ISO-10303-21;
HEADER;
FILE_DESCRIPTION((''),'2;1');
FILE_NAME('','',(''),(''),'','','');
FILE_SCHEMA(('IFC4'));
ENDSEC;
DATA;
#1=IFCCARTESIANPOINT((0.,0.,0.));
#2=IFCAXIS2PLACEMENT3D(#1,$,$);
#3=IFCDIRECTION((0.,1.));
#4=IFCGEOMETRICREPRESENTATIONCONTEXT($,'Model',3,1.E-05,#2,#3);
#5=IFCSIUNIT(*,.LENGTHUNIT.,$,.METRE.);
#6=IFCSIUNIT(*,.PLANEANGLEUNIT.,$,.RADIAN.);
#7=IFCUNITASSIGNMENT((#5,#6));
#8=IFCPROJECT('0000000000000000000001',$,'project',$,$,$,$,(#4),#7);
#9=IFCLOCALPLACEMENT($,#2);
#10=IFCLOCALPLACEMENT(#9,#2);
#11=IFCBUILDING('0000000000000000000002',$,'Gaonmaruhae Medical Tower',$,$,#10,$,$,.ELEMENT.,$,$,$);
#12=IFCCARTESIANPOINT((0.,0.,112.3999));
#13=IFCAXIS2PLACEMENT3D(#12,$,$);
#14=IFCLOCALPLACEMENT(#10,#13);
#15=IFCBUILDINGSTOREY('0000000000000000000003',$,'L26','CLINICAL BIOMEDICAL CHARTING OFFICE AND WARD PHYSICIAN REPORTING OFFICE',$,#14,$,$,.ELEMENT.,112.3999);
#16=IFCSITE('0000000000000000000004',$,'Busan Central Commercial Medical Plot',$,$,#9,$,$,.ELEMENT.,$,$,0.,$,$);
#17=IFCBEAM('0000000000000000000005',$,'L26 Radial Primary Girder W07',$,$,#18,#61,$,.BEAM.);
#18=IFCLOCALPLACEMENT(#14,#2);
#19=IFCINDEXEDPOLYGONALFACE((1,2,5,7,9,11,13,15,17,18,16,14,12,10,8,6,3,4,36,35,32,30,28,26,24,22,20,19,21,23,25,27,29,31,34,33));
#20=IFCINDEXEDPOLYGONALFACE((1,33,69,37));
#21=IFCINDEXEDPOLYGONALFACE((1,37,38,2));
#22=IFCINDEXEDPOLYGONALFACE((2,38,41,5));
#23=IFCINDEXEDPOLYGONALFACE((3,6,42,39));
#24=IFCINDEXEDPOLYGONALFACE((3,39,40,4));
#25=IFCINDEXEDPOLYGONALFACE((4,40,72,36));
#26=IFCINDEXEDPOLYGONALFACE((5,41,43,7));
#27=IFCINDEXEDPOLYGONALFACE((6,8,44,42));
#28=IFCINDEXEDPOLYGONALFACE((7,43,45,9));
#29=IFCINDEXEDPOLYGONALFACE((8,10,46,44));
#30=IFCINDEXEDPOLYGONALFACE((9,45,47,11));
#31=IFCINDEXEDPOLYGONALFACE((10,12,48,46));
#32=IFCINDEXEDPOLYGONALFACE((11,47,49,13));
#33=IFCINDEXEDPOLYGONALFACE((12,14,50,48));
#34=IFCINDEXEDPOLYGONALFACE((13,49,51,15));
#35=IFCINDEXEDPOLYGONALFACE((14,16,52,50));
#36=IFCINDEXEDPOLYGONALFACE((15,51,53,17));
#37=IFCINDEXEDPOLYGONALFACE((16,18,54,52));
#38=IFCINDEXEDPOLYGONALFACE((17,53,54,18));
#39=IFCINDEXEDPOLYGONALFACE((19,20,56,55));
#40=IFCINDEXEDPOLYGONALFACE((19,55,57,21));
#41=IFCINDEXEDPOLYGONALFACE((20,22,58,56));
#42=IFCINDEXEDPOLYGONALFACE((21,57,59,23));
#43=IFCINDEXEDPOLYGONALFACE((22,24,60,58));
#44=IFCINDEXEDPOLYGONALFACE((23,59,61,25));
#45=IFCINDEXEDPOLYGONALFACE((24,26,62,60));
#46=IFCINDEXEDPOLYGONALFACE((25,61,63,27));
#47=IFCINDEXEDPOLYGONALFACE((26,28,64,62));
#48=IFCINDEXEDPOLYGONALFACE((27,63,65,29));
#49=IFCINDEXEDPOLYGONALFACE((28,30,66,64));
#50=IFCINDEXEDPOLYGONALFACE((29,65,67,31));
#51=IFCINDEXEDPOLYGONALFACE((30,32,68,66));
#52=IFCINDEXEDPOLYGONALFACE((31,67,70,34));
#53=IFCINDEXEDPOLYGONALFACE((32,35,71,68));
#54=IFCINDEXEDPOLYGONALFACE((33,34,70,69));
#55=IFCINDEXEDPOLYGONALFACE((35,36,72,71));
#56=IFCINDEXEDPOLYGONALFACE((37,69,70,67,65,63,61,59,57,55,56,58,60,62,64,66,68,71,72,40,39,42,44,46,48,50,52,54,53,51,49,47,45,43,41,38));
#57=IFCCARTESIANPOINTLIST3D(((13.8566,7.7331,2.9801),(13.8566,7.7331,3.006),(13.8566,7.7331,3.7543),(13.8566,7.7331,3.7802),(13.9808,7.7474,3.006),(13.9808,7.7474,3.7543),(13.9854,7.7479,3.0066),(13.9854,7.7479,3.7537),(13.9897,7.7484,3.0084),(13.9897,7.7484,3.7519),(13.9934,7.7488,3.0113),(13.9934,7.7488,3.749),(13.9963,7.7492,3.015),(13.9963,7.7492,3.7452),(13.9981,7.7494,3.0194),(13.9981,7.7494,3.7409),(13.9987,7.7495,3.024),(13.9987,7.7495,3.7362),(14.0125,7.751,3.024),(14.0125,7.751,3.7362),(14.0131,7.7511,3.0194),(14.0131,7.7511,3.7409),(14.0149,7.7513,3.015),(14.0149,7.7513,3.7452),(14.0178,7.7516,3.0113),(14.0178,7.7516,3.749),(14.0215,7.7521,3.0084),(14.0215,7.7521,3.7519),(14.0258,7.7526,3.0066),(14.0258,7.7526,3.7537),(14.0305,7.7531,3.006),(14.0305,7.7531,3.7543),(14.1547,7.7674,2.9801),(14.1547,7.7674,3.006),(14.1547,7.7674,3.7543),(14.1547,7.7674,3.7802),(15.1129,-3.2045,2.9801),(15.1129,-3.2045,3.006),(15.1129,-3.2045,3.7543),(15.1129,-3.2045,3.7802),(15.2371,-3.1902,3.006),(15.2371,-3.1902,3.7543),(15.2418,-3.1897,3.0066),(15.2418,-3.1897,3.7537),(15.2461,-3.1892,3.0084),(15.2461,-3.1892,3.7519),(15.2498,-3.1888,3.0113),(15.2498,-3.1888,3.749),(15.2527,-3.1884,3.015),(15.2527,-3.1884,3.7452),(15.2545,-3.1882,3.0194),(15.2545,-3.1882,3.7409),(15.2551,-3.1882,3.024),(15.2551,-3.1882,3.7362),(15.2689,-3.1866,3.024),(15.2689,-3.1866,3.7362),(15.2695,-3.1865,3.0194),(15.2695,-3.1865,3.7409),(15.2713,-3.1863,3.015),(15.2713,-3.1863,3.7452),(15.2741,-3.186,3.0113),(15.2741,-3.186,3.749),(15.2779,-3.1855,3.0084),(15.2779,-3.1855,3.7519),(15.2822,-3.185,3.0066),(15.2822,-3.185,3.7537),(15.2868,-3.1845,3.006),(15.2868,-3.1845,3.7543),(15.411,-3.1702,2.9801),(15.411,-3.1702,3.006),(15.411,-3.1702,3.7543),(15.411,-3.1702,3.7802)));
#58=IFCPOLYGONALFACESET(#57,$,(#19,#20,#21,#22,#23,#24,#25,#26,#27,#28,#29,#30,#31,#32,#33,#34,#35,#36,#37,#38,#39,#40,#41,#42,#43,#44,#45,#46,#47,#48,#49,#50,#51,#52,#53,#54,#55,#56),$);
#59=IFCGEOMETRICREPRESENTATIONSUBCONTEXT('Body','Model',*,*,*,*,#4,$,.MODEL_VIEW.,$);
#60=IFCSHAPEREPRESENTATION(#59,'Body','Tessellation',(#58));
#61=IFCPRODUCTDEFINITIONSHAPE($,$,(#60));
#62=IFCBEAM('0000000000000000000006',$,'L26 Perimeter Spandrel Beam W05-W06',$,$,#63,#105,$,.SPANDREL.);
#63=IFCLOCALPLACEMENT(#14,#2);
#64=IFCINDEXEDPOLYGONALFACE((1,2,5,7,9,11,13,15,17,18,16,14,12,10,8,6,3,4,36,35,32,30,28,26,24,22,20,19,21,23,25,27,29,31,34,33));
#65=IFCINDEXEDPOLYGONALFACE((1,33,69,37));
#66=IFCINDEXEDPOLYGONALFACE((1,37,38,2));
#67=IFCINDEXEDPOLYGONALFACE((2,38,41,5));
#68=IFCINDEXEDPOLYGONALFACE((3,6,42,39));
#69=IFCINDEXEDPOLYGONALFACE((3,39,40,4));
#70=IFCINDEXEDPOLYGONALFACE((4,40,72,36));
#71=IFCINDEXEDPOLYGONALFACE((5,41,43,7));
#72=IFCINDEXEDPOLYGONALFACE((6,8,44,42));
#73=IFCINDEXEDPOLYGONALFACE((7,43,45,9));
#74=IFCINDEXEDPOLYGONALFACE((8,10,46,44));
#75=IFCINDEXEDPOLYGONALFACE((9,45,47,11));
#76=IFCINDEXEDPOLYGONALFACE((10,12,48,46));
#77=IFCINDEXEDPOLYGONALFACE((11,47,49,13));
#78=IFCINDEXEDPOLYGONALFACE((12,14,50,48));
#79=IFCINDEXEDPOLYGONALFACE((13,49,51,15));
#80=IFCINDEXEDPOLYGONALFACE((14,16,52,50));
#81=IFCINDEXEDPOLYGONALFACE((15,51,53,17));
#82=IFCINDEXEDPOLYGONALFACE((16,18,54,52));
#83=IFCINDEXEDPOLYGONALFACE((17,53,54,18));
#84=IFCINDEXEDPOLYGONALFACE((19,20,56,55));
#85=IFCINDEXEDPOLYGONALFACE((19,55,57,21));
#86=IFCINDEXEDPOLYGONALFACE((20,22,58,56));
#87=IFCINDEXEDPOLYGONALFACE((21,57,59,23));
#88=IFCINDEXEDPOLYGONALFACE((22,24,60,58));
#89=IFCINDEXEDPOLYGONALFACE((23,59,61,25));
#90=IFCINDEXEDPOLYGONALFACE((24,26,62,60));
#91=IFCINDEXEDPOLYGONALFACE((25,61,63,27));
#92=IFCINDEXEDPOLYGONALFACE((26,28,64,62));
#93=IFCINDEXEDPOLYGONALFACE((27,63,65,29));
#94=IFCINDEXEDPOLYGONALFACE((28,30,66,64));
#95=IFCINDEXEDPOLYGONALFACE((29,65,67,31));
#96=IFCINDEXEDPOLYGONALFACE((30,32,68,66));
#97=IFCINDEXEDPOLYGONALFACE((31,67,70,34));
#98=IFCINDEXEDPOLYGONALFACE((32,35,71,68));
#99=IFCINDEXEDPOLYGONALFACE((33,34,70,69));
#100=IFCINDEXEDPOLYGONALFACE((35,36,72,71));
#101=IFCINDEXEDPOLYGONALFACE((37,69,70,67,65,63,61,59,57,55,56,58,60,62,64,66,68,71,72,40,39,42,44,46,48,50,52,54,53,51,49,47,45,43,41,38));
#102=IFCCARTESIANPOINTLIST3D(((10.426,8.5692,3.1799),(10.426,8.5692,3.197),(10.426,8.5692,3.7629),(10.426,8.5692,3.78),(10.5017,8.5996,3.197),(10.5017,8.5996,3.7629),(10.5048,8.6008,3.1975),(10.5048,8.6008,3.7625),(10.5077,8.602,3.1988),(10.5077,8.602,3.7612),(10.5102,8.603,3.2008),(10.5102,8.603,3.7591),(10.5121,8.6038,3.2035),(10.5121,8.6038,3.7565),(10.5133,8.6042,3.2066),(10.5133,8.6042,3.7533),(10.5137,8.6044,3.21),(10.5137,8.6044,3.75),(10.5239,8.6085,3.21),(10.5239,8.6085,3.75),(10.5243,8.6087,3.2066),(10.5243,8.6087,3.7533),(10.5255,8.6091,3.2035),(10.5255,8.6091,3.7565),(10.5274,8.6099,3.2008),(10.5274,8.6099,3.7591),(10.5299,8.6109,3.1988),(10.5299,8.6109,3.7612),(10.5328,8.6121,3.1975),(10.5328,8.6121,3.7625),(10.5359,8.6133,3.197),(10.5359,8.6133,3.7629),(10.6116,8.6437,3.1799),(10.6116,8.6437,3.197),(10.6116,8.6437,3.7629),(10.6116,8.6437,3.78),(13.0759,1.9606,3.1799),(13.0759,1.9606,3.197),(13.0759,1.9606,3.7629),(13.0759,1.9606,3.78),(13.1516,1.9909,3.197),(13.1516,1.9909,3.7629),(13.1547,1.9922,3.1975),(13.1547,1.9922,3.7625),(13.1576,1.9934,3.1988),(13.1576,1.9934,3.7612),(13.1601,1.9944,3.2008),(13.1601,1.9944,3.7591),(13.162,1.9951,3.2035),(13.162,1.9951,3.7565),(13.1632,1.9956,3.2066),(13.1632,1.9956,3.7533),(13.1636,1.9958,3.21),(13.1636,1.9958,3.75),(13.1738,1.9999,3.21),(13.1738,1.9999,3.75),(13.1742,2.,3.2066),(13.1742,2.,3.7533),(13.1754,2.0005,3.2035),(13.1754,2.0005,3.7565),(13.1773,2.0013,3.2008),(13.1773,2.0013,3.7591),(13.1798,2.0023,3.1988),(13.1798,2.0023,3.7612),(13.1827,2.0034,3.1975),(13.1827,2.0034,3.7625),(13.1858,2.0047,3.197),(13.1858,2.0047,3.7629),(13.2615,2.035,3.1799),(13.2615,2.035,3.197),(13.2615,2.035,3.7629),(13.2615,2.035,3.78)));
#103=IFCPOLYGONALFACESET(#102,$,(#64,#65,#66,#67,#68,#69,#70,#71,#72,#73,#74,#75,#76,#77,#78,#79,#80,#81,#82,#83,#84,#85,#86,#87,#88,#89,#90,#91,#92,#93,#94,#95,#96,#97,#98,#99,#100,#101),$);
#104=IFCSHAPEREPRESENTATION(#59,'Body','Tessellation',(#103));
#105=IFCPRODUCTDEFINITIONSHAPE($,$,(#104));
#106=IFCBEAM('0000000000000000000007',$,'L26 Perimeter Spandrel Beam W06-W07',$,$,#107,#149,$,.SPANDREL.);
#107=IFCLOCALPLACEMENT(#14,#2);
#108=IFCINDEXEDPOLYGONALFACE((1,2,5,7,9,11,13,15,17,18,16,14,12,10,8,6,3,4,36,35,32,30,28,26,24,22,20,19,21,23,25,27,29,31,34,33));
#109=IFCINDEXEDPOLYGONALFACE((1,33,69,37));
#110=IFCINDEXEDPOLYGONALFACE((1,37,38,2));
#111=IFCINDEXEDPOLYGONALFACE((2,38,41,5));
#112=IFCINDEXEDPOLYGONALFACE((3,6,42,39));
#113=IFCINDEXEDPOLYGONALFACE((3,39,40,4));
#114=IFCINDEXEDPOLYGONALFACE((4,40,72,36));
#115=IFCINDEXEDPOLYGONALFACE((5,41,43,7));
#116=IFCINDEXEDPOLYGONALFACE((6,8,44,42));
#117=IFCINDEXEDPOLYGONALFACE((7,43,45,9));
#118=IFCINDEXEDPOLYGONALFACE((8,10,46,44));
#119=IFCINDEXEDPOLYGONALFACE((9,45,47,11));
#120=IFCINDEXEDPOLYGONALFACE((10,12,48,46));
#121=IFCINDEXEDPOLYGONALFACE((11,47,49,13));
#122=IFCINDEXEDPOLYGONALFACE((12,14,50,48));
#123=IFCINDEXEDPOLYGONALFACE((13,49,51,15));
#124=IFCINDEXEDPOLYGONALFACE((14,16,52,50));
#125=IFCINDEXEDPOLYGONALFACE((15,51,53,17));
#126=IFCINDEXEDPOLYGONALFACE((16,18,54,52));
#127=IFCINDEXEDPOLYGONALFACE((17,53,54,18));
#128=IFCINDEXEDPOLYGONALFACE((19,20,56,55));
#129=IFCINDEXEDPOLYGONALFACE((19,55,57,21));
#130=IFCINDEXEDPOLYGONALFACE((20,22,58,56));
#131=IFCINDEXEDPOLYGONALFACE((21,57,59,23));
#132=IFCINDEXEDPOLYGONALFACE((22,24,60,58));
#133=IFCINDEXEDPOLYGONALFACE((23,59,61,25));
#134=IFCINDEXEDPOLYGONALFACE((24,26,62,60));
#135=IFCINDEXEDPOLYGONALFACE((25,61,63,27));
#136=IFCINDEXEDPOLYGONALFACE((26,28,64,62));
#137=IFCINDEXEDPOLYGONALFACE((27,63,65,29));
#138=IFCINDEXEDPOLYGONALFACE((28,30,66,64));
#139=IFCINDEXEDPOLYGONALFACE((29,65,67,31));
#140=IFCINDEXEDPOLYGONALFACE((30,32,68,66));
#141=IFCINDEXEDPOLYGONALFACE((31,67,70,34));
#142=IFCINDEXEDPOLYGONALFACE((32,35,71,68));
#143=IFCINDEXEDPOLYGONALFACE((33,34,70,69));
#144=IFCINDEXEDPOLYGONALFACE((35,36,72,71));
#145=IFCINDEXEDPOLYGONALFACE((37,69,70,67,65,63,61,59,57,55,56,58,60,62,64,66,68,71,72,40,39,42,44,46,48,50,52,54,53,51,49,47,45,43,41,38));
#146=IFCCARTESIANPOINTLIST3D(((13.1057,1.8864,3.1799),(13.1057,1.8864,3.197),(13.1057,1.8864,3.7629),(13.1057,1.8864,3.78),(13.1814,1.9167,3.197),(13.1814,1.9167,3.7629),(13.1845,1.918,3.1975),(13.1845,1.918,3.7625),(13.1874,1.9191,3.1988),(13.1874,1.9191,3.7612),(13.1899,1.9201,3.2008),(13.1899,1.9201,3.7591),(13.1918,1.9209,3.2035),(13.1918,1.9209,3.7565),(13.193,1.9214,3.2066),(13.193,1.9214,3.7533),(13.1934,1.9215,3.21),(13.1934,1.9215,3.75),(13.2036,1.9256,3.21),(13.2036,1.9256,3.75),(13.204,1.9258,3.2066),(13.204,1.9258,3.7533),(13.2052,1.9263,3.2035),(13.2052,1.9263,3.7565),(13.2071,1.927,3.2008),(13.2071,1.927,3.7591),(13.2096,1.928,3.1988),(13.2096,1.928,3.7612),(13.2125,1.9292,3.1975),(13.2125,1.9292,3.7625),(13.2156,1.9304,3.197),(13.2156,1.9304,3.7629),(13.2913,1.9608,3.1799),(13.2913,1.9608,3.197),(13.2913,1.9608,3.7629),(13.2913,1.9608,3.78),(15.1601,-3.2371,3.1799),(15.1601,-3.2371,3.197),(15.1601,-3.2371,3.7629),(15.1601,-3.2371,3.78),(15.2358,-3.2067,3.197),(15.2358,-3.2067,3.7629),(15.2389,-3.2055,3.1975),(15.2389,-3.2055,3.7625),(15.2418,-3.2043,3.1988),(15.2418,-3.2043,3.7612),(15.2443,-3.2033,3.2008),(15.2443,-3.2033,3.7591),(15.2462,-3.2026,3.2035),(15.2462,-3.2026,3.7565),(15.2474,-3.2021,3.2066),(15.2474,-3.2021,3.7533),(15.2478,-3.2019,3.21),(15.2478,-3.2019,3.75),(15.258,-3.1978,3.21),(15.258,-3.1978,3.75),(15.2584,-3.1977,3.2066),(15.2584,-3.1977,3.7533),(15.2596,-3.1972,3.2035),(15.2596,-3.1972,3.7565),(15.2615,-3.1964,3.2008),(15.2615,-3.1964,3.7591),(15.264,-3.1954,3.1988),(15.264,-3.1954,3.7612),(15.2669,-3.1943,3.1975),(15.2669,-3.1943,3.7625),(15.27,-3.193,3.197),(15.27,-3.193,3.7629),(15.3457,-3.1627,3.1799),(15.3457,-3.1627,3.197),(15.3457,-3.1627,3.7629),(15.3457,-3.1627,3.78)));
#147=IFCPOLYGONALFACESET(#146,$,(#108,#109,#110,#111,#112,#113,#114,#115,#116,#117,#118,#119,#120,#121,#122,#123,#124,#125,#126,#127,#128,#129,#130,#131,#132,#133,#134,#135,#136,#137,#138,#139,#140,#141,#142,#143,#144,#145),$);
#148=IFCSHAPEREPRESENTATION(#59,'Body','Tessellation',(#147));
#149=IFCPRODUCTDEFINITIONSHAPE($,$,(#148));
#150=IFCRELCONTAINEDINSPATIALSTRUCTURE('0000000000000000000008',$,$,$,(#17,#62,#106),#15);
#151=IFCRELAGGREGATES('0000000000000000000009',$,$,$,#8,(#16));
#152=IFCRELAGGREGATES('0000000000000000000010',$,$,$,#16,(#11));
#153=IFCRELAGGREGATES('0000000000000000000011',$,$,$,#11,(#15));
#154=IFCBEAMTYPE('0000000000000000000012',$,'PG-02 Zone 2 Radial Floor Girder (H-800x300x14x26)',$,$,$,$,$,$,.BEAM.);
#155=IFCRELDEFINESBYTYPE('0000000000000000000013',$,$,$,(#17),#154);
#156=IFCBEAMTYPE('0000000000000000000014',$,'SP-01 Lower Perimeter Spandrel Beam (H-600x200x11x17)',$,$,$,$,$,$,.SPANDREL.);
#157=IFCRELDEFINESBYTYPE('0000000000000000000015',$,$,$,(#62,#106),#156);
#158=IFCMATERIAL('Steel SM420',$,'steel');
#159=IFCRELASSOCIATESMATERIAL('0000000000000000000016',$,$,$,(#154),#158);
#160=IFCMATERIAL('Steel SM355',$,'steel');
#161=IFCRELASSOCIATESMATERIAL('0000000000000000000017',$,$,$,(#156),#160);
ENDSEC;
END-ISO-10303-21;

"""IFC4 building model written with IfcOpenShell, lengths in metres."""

from ifc_helpers import new_model, si_unit, direction, frame, origin, origin_2d, place, context, subcontext, project, spatial, i_section, extrude, material, material_profile, profile_set, type_object, element, save


model = new_model("IFC4")

# Units and contexts
model_context = context("Model", 3, precision=1e-05, world=origin(), true_north=direction((0.0, 1.0)))
body_context = subcontext(model_context, "Body", "Model", "MODEL_VIEW")
ifc_project = project(units=[si_unit("LENGTHUNIT", "METRE"), si_unit("PLANEANGLEUNIT", "RADIAN")], contexts=[model_context])

# Site, building, storey
site_placement = place(None, origin())
site = spatial("IfcSite", under=ifc_project, at=site_placement, Name="Busan Central Commercial Medical Plot", CompositionType="ELEMENT", RefElevation=0.0)
building_placement = place(site_placement, origin())
building = spatial("IfcBuilding", under=site, at=building_placement, Name="Gaonmaruhae Medical Tower", CompositionType="ELEMENT")
storey_placement = place(building_placement, frame((0.0, 0.0, 112.3999)))
storey = spatial("IfcBuildingStorey", under=building, at=storey_placement, Name="L26", Description="CLINICAL BIOMEDICAL CHARTING OFFICE AND WARD PHYSICIAN REPORTING OFFICE", CompositionType="ELEMENT", Elevation=112.3999)

# Beams
ifc_material_1 = material(Name="Steel SM355", Category="steel")
ifc_material_2 = material(Name="Steel SM420", Category="steel")
ifc_material_profile_1 = material_profile(ifc_material_2, i_section(OverallWidth=0.3, OverallDepth=0.8, WebThickness=0.0139, FlangeThickness=0.0259, FilletRadius=0.0181, at=origin_2d()), Name="H-800x300x14x26")
ifc_profile_set_1 = profile_set([ifc_material_profile_1], Name="Steel SM420")
beam_type_1 = type_object("IfcBeamType", Name="PG-02 Zone 2 Radial Floor Girder (H-800x300x14x26)", PredefinedType="BEAM", material=ifc_profile_set_1)
beam_1_placement = place(storey_placement, frame((14.0056, 7.7502, 3.3801), z_axis=(0.114116, -0.993467, 0.0), x_axis=(0.993467, 0.114116, 0.0)))
element("IfcBeam", 1, at=beam_1_placement, inside=storey, type_object=beam_type_1, Name="L26 Radial Primary Girder W07", PredefinedType="BEAM", context=body_context, shape_type="SweptSolid", body=[
    extrude(i_section(OverallWidth=0.3, OverallDepth=0.8, WebThickness=0.0139, FlangeThickness=0.0259, FilletRadius=0.0181, at=origin_2d()), origin(), (0.0, 0.0, 1.0), 11.0095),
])
ifc_material_profile_2 = material_profile(ifc_material_1, i_section(OverallWidth=0.2, OverallDepth=0.6001, WebThickness=0.011, FlangeThickness=0.0171, FilletRadius=0.0129, at=origin_2d()), Name="H-600x200x11x17")
ifc_profile_set_2 = profile_set([ifc_material_profile_2], Name="Steel SM355")
beam_type_2 = type_object("IfcBeamType", Name="SP-01 Lower Perimeter Spandrel Beam (H-600x200x11x17)", PredefinedType="SPANDREL", material=ifc_profile_set_2)
beam_2_placement = place(storey_placement, frame((10.5188, 8.6064, 3.48), z_axis=(0.372171, -0.928164, 0.0), x_axis=(0.928164, 0.372171, 0.0)))
element("IfcBeam", 2, at=beam_2_placement, inside=storey, type_object=beam_type_2, Name="L26 Perimeter Spandrel Beam W05-W06", PredefinedType="SPANDREL", context=body_context, shape_type="SweptSolid", body=[
    extrude(i_section(OverallWidth=0.2, OverallDepth=0.6001, WebThickness=0.011, FlangeThickness=0.0171, FilletRadius=0.0129, at=origin_2d()), origin(), (0.0, 0.0, 1.0), 7.1201),
])
beam_3_placement = place(storey_placement, frame((13.1985, 1.9236, 3.48), z_axis=(0.372176, -0.928162, 0.0), x_axis=(0.928162, 0.372176, 0.0)))
element("IfcBeam", 3, at=beam_3_placement, inside=storey, type_object=beam_type_2, Name="L26 Perimeter Spandrel Beam W06-W07", PredefinedType="SPANDREL", context=body_context, shape_type="SweptSolid", body=[
    extrude(i_section(OverallWidth=0.2, OverallDepth=0.6001, WebThickness=0.011, FlangeThickness=0.0171, FilletRadius=0.0129, at=origin_2d()), origin(), (0.0, 0.0, 1.0), 5.52),
])

save(model, "model.ifc")
